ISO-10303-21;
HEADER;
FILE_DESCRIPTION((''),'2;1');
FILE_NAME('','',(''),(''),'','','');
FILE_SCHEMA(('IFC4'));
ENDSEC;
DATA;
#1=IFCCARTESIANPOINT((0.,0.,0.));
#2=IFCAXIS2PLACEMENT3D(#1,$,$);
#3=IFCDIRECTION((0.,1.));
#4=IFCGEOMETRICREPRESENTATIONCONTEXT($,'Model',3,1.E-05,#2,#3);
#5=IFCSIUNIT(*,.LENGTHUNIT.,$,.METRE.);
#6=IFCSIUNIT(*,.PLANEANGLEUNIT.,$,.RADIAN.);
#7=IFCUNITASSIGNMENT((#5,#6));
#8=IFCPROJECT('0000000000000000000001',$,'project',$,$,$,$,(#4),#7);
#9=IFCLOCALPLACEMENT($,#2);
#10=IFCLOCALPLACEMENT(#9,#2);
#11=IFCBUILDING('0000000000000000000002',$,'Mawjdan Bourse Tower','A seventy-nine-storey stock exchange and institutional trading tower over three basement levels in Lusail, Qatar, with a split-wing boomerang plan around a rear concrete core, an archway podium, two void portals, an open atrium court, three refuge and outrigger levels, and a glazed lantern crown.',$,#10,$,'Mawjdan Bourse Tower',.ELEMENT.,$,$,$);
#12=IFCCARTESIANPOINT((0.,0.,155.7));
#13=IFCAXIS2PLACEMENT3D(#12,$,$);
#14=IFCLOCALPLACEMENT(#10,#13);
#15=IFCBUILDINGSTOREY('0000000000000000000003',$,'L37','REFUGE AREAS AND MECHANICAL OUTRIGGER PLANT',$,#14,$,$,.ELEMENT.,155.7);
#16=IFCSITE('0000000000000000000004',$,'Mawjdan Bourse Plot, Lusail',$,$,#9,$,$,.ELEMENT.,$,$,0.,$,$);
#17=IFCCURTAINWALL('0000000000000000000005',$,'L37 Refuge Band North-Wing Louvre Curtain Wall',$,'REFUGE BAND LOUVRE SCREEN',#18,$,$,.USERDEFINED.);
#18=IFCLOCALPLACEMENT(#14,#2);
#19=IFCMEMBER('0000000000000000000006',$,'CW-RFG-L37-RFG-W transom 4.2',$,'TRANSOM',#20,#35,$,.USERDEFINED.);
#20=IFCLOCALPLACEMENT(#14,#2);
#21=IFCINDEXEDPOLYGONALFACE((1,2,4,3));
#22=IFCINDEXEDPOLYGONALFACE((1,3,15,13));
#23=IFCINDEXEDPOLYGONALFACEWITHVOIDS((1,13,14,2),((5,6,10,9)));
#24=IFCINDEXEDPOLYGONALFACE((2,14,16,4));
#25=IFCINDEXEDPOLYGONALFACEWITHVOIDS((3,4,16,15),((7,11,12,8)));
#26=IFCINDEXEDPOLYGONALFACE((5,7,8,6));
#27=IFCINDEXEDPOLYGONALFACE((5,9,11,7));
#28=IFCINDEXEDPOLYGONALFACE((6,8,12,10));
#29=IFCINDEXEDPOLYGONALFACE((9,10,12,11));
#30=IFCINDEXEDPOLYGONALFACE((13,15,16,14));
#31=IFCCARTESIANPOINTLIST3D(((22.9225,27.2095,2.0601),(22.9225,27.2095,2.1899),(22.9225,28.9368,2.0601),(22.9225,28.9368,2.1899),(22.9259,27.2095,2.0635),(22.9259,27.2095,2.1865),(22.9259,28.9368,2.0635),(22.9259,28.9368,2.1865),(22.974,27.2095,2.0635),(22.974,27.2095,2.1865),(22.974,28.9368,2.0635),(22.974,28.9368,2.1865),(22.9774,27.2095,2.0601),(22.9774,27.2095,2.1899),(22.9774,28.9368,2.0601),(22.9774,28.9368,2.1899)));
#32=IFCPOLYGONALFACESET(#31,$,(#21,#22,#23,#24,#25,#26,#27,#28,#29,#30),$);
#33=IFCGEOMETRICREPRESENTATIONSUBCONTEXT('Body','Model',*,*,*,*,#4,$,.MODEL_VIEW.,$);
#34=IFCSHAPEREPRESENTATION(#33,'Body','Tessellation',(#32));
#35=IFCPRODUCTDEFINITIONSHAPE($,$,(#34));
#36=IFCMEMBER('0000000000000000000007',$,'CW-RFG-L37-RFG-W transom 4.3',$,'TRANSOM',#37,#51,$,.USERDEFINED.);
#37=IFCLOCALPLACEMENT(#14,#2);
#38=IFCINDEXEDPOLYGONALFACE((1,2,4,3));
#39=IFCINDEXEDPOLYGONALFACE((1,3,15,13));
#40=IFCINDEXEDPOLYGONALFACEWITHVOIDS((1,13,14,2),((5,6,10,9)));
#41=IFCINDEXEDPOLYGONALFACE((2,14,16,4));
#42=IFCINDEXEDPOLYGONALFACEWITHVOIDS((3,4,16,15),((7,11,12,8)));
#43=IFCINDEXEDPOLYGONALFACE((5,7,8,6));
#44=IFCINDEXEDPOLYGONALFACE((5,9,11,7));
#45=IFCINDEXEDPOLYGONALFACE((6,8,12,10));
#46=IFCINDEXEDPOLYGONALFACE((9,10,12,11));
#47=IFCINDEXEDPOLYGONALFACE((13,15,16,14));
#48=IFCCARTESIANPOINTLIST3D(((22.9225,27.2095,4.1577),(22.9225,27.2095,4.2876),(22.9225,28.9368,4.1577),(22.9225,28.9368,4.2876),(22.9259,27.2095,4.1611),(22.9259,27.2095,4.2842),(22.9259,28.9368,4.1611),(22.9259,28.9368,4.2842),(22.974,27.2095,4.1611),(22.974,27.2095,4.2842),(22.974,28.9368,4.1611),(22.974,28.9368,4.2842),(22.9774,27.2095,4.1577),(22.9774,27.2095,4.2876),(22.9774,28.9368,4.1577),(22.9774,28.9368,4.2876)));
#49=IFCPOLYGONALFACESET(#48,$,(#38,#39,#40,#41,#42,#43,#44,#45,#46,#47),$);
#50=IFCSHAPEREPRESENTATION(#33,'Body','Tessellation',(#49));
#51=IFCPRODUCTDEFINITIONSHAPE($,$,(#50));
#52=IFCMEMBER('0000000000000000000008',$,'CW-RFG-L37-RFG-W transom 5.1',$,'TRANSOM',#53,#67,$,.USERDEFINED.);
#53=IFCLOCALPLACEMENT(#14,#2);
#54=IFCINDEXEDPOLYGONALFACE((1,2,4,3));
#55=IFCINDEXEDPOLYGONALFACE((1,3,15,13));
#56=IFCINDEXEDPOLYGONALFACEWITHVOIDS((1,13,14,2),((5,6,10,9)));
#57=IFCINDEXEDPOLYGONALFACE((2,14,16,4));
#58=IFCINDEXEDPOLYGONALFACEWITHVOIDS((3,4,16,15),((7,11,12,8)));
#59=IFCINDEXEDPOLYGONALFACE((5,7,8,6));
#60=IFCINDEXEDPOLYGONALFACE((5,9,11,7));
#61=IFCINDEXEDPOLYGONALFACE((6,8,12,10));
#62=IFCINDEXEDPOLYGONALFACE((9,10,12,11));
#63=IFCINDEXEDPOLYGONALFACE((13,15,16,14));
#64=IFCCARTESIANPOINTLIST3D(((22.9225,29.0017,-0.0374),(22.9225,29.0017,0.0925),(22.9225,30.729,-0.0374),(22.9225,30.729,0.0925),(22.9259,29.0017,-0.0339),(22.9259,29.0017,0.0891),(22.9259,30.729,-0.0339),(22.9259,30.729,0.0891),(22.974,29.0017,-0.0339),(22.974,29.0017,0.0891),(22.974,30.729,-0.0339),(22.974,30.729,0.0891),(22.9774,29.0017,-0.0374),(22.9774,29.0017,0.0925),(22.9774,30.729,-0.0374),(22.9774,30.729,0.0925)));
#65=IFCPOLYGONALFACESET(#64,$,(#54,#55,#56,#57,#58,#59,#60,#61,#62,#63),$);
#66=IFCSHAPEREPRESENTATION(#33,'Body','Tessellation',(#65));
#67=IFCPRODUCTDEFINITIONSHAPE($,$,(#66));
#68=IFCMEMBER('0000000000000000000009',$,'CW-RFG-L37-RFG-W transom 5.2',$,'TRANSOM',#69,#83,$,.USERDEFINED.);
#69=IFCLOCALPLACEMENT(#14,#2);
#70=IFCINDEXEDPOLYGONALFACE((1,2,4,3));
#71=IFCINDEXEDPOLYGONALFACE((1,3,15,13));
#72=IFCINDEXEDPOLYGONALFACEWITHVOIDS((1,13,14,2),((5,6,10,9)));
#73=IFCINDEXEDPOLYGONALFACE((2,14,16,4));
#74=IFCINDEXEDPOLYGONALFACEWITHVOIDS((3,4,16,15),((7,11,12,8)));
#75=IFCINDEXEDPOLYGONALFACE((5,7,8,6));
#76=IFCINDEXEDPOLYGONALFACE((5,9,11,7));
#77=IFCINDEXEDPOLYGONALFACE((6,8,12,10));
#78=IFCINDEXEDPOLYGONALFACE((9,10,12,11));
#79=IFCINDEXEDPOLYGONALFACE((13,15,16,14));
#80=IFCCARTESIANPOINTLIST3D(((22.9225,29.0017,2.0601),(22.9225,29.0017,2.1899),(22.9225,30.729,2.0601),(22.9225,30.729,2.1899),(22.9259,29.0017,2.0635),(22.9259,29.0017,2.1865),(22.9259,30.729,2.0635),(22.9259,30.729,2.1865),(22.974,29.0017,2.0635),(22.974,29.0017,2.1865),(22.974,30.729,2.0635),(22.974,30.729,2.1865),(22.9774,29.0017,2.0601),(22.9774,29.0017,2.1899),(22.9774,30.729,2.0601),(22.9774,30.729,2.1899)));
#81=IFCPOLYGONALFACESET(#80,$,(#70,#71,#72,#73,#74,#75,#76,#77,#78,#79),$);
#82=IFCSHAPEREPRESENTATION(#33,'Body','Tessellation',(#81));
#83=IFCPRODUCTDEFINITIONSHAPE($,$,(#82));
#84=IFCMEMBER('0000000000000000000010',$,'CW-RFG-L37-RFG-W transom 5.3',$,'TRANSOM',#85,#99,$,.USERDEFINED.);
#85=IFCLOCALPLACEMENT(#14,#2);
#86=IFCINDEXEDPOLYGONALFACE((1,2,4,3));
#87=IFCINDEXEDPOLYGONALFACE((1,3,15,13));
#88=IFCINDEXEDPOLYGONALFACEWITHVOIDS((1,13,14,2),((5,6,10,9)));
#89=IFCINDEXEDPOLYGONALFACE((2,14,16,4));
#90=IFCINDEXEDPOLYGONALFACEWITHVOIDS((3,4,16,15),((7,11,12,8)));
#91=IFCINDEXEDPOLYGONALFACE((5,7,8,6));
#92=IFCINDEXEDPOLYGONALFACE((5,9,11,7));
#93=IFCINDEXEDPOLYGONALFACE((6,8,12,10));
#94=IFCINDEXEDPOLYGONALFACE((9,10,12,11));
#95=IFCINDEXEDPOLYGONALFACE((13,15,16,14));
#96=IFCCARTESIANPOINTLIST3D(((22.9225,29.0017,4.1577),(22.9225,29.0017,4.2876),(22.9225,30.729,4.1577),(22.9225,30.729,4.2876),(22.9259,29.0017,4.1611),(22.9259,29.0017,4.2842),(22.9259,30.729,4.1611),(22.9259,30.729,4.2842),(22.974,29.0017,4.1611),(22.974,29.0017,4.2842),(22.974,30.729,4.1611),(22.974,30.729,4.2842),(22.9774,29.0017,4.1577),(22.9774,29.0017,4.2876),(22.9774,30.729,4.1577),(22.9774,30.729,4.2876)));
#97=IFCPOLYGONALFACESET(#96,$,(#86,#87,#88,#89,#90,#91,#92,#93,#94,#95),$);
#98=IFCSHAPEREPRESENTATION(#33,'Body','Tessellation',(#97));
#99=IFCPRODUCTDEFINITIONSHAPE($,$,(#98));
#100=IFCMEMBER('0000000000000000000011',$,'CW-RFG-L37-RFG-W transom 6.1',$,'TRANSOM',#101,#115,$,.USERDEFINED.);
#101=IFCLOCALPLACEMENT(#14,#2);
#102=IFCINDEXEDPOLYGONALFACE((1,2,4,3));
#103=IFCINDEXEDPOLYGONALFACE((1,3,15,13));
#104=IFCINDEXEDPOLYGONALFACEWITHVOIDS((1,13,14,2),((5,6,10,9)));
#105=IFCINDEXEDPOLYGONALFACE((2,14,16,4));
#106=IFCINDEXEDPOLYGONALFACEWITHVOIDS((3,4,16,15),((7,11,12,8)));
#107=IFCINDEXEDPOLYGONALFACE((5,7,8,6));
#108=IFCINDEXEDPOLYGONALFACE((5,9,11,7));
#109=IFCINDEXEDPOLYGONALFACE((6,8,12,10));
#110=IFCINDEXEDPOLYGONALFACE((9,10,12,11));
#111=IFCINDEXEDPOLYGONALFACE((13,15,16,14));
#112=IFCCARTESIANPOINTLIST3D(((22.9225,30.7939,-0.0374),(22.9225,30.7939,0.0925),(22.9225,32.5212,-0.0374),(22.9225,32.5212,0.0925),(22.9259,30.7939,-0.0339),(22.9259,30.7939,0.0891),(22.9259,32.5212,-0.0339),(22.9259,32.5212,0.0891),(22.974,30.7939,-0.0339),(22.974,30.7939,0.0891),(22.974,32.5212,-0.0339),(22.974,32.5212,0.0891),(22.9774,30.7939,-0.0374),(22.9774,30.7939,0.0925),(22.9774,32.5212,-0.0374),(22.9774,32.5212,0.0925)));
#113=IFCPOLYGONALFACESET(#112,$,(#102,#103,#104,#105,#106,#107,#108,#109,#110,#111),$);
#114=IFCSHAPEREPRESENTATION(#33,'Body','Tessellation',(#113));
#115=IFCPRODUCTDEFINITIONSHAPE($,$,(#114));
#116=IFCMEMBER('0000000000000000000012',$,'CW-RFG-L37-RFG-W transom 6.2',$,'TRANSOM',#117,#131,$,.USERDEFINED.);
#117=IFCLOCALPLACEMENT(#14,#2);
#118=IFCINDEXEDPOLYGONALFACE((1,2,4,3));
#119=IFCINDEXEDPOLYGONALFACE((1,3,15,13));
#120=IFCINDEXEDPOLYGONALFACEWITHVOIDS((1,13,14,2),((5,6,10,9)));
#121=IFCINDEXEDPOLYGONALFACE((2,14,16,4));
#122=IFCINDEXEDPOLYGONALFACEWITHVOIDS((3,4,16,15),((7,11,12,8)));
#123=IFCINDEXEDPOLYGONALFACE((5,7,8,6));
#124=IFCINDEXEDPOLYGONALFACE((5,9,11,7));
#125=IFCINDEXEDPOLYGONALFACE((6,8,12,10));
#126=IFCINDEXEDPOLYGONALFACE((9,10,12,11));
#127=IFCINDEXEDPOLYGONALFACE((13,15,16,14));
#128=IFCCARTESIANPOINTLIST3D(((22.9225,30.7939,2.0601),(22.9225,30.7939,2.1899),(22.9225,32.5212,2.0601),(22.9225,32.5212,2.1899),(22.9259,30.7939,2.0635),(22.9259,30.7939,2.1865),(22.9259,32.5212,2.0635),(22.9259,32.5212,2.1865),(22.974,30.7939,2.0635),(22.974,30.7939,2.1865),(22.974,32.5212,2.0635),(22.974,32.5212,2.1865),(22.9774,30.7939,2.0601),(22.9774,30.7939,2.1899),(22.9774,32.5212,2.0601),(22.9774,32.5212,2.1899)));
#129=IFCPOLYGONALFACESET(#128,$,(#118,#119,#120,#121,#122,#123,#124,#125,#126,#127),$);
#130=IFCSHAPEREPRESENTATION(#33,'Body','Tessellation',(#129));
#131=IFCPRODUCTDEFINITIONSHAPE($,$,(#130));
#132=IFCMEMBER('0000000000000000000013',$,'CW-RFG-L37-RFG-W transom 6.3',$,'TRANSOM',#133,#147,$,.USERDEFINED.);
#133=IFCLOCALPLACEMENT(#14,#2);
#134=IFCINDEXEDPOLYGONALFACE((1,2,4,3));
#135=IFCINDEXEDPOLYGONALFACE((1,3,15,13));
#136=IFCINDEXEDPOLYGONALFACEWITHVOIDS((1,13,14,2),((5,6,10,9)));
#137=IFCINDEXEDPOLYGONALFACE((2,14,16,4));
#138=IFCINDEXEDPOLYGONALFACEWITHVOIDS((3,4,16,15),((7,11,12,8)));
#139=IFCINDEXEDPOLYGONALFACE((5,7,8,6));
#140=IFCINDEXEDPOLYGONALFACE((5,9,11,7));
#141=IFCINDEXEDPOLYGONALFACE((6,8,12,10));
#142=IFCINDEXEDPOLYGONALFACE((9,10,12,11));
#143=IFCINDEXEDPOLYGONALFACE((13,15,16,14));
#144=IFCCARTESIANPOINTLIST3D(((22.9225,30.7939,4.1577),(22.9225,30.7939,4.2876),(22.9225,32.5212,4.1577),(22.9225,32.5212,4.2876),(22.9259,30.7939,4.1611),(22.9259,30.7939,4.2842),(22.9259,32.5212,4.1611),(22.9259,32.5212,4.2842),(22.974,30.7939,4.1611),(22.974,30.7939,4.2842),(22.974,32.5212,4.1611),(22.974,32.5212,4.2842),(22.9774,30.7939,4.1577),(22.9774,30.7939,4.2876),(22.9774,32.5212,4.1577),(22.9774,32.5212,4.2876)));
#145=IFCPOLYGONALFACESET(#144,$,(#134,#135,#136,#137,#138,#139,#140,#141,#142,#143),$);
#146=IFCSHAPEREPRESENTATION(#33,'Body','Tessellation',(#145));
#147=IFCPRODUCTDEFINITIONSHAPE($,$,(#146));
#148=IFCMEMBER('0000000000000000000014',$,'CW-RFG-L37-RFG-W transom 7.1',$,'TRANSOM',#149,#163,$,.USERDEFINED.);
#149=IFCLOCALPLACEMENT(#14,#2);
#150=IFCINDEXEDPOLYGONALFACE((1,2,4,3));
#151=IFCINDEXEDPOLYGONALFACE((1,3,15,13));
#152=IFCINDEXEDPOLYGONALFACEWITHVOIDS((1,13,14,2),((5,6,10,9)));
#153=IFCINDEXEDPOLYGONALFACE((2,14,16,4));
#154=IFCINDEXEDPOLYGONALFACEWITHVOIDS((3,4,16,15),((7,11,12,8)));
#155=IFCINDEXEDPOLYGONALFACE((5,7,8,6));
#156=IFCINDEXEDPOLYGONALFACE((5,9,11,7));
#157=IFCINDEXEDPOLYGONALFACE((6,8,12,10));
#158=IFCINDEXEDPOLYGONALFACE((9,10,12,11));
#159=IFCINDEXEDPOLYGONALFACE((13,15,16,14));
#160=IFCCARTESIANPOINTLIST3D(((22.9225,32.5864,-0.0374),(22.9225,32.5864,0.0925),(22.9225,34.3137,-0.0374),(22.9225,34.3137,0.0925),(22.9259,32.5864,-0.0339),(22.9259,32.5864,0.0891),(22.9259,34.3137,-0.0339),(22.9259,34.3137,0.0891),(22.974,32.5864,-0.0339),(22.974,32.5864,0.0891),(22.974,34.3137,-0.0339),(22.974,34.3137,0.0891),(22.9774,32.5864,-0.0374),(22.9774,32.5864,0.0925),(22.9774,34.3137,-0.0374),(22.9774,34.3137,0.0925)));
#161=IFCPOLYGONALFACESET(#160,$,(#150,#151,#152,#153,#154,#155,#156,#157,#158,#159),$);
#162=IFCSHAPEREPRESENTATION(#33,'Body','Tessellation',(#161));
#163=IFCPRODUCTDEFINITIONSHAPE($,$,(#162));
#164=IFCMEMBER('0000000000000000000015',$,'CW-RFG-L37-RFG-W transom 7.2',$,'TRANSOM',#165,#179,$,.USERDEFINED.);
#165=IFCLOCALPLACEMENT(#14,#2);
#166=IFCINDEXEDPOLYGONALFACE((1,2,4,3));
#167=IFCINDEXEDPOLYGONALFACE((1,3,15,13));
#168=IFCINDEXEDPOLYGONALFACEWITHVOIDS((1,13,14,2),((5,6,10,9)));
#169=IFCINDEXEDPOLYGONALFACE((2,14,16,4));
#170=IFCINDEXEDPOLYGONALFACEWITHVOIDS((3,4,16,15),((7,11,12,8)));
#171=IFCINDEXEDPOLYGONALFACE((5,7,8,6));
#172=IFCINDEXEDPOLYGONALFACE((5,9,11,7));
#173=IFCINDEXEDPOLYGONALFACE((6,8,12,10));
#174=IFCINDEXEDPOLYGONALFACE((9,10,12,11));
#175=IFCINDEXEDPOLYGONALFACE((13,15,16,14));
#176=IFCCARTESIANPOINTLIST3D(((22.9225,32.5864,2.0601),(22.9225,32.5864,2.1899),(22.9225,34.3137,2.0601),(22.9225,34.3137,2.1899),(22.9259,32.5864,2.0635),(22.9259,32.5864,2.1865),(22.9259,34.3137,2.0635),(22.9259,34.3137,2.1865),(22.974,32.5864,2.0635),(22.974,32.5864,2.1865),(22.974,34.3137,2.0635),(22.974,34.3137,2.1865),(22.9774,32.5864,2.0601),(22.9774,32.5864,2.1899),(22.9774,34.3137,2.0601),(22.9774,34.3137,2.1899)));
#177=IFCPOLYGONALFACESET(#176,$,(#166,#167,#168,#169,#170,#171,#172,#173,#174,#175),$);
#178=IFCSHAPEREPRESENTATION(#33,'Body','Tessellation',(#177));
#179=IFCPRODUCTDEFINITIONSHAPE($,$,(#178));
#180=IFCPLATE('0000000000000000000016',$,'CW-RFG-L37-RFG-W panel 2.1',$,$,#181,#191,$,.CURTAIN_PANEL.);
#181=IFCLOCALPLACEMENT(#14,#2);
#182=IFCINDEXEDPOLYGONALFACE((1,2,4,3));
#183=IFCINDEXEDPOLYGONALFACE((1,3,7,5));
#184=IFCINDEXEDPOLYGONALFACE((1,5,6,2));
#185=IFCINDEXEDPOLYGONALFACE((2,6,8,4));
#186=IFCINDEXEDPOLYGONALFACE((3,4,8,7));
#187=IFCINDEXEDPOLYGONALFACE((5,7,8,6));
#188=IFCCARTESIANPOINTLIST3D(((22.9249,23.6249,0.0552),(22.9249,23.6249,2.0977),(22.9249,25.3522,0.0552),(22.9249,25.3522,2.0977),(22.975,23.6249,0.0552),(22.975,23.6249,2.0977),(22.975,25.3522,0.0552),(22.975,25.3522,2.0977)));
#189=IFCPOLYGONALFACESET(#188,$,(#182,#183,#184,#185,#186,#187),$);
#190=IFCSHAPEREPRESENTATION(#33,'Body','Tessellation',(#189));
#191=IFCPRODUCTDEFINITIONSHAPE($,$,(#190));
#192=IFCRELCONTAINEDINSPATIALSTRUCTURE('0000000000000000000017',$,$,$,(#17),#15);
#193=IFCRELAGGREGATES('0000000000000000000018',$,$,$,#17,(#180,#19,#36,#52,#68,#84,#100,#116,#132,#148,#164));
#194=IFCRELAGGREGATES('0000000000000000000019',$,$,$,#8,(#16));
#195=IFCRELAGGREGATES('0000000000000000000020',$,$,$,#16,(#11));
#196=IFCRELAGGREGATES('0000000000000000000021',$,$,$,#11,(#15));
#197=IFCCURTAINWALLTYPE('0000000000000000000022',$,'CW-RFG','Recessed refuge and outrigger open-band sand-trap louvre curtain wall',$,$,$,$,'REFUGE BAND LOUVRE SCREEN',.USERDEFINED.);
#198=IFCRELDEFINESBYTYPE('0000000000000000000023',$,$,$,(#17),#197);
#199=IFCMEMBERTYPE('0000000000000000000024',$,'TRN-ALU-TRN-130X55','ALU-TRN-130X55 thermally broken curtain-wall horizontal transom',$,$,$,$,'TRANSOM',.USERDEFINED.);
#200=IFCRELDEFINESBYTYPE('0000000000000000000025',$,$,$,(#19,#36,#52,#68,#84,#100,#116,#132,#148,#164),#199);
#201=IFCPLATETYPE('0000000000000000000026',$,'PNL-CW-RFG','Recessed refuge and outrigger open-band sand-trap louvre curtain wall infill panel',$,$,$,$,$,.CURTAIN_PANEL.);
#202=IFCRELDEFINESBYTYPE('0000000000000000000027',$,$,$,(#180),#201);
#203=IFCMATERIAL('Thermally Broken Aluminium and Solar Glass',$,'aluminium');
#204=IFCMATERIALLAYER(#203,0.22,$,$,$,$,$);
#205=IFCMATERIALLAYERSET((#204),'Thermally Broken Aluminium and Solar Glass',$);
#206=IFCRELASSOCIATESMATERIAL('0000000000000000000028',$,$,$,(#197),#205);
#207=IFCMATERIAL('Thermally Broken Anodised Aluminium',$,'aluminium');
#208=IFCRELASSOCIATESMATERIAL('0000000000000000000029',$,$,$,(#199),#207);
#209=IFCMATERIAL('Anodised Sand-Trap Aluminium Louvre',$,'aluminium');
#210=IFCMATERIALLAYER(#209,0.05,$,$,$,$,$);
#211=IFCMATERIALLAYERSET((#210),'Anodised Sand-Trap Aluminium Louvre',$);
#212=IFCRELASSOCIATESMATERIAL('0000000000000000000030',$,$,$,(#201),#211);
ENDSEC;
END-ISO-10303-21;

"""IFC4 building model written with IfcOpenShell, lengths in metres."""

from ifc_helpers import new_model, si_unit, direction, frame, origin, origin_2d, place, context, subcontext, project, spatial, rectangle, hollow_rectangle, extrude, material, layer, layer_set, material_profile, profile_set, type_object, element, aggregate, save


model = new_model("IFC4")

# Units and contexts
model_context = context("Model", 3, precision=1e-05, world=origin(), true_north=direction((0.0, 1.0)))
body_context = subcontext(model_context, "Body", "Model", "MODEL_VIEW")
ifc_project = project(units=[si_unit("LENGTHUNIT", "METRE"), si_unit("PLANEANGLEUNIT", "RADIAN")], contexts=[model_context])

# Site, building, storey
site_placement = place(None, origin())
site = spatial("IfcSite", under=ifc_project, at=site_placement, Name="Mawjdan Bourse Plot, Lusail", CompositionType="ELEMENT", RefElevation=0.0)
building_placement = place(site_placement, origin())
building = spatial("IfcBuilding", under=site, at=building_placement, Name="Mawjdan Bourse Tower", Description="A seventy-nine-storey stock exchange and institutional trading tower over three basement levels in Lusail, Qatar, with a split-wing boomerang plan around a rear concrete core, an archway podium, two void portals, an open atrium court, three refuge and outrigger levels, and a glazed lantern crown.", LongName="Mawjdan Bourse Tower", CompositionType="ELEMENT")
storey_placement = place(building_placement, frame((0.0, 0.0, 155.7)))
storey = spatial("IfcBuildingStorey", under=building, at=storey_placement, Name="L37", Description="REFUGE AREAS AND MECHANICAL OUTRIGGER PLANT", CompositionType="ELEMENT", Elevation=155.7)

# Curtain wall
ifc_material_1 = material(Name="Thermally Broken Aluminium and Solar Glass", Category="aluminium")
ifc_layer_1 = layer(ifc_material_1, 0.22)
ifc_layer_set_1 = layer_set([ifc_layer_1], Name="Thermally Broken Aluminium and Solar Glass")
curtain_wall_type = type_object("IfcCurtainWallType", Name="CW-RFG", Description="Recessed refuge and outrigger open-band sand-trap louvre curtain wall", ElementType="REFUGE BAND LOUVRE SCREEN", PredefinedType="USERDEFINED", material=ifc_layer_set_1)
curtain_wall_placement = place(storey_placement, origin())
curtain_wall = element("IfcCurtainWall", 1, at=curtain_wall_placement, inside=storey, type_object=curtain_wall_type, Name="L37 Refuge Band North-Wing Louvre Curtain Wall", ObjectType="REFUGE BAND LOUVRE SCREEN", PredefinedType="USERDEFINED")
ifc_material_2 = material(Name="Thermally Broken Anodised Aluminium", Category="aluminium")

# Members
ifc_material_profile_1 = material_profile(ifc_material_2, hollow_rectangle(XDim=0.0549, YDim=0.1299, WallThickness=0.0034, at=origin_2d()), Name="ALU-TRN-130X55")
ifc_profile_set_1 = profile_set([ifc_material_profile_1], Name="Thermally Broken Anodised Aluminium")
member_type_1 = type_object("IfcMemberType", Name="TRN-ALU-TRN-130X55", Description="ALU-TRN-130X55 thermally broken curtain-wall horizontal transom", ElementType="TRANSOM", PredefinedType="USERDEFINED", material=ifc_profile_set_1)
member_1_placement = place(storey_placement, frame((22.95, 27.2095, 2.125), z_axis=(0.0, 1.0, 0.0), x_axis=(-1.0, 0.0, 0.0)))
member_1 = element("IfcMember", 2, at=member_1_placement, type_object=member_type_1, Name="CW-RFG-L37-RFG-W transom 4.2", ObjectType="TRANSOM", PredefinedType="USERDEFINED", context=body_context, shape_type="SweptSolid", body=[
    extrude(hollow_rectangle(XDim=0.0549, YDim=0.1299, WallThickness=0.0034, at=origin_2d()), origin(), (0.0, 0.0, 1.0), 1.7273),
])
member_2_placement = place(storey_placement, frame((22.95, 27.2095, 4.2227), z_axis=(0.0, 1.0, 0.0), x_axis=(-1.0, 0.0, 0.0)))
member_2 = element("IfcMember", 3, at=member_2_placement, type_object=member_type_1, Name="CW-RFG-L37-RFG-W transom 4.3", ObjectType="TRANSOM", PredefinedType="USERDEFINED", context=body_context, shape_type="SweptSolid", body=[
    extrude(hollow_rectangle(XDim=0.0549, YDim=0.1299, WallThickness=0.0034, at=origin_2d()), origin(), (0.0, 0.0, 1.0), 1.7273),
])
member_3_placement = place(storey_placement, frame((22.95, 29.0017, 0.0276), z_axis=(0.0, 1.0, 0.0), x_axis=(-1.0, 0.0, 0.0)))
member_3 = element("IfcMember", 4, at=member_3_placement, type_object=member_type_1, Name="CW-RFG-L37-RFG-W transom 5.1", ObjectType="TRANSOM", PredefinedType="USERDEFINED", context=body_context, shape_type="SweptSolid", body=[
    extrude(hollow_rectangle(XDim=0.0549, YDim=0.1299, WallThickness=0.0034, at=origin_2d()), origin(), (0.0, 0.0, 1.0), 1.7273),
])
member_4_placement = place(storey_placement, frame((22.95, 29.0017, 2.125), z_axis=(0.0, 1.0, 0.0), x_axis=(-1.0, 0.0, 0.0)))
member_4 = element("IfcMember", 5, at=member_4_placement, type_object=member_type_1, Name="CW-RFG-L37-RFG-W transom 5.2", ObjectType="TRANSOM", PredefinedType="USERDEFINED", context=body_context, shape_type="SweptSolid", body=[
    extrude(hollow_rectangle(XDim=0.0549, YDim=0.1299, WallThickness=0.0034, at=origin_2d()), origin(), (0.0, 0.0, 1.0), 1.7273),
])
member_5_placement = place(storey_placement, frame((22.95, 29.0017, 4.2227), z_axis=(0.0, 1.0, 0.0), x_axis=(-1.0, 0.0, 0.0)))
member_5 = element("IfcMember", 6, at=member_5_placement, type_object=member_type_1, Name="CW-RFG-L37-RFG-W transom 5.3", ObjectType="TRANSOM", PredefinedType="USERDEFINED", context=body_context, shape_type="SweptSolid", body=[
    extrude(hollow_rectangle(XDim=0.0549, YDim=0.1299, WallThickness=0.0034, at=origin_2d()), origin(), (0.0, 0.0, 1.0), 1.7273),
])
member_6_placement = place(storey_placement, frame((22.95, 30.7939, 0.0276), z_axis=(0.0, 1.0, 0.0), x_axis=(-1.0, 0.0, 0.0)))
member_6 = element("IfcMember", 7, at=member_6_placement, type_object=member_type_1, Name="CW-RFG-L37-RFG-W transom 6.1", ObjectType="TRANSOM", PredefinedType="USERDEFINED", context=body_context, shape_type="SweptSolid", body=[
    extrude(hollow_rectangle(XDim=0.0549, YDim=0.1299, WallThickness=0.0034, at=origin_2d()), origin(), (0.0, 0.0, 1.0), 1.7273),
])
member_7_placement = place(storey_placement, frame((22.95, 30.7939, 2.125), z_axis=(0.0, 1.0, 0.0), x_axis=(-1.0, 0.0, 0.0)))
member_7 = element("IfcMember", 8, at=member_7_placement, type_object=member_type_1, Name="CW-RFG-L37-RFG-W transom 6.2", ObjectType="TRANSOM", PredefinedType="USERDEFINED", context=body_context, shape_type="SweptSolid", body=[
    extrude(hollow_rectangle(XDim=0.0549, YDim=0.1299, WallThickness=0.0034, at=origin_2d()), origin(), (0.0, 0.0, 1.0), 1.7273),
])
member_8_placement = place(storey_placement, frame((22.95, 30.7939, 4.2227), z_axis=(0.0, 1.0, 0.0), x_axis=(-1.0, 0.0, 0.0)))
member_8 = element("IfcMember", 9, at=member_8_placement, type_object=member_type_1, Name="CW-RFG-L37-RFG-W transom 6.3", ObjectType="TRANSOM", PredefinedType="USERDEFINED", context=body_context, shape_type="SweptSolid", body=[
    extrude(hollow_rectangle(XDim=0.0549, YDim=0.1299, WallThickness=0.0034, at=origin_2d()), origin(), (0.0, 0.0, 1.0), 1.7273),
])
member_9_placement = place(storey_placement, frame((22.95, 32.5864, 0.0276), z_axis=(0.0, 1.0, 0.0), x_axis=(-1.0, 0.0, 0.0)))
member_9 = element("IfcMember", 10, at=member_9_placement, type_object=member_type_1, Name="CW-RFG-L37-RFG-W transom 7.1", ObjectType="TRANSOM", PredefinedType="USERDEFINED", context=body_context, shape_type="SweptSolid", body=[
    extrude(hollow_rectangle(XDim=0.0549, YDim=0.1299, WallThickness=0.0034, at=origin_2d()), origin(), (0.0, 0.0, 1.0), 1.7273),
])
member_10_placement = place(storey_placement, frame((22.95, 32.5864, 2.125), z_axis=(0.0, 1.0, 0.0), x_axis=(-1.0, 0.0, 0.0)))
member_10 = element("IfcMember", 11, at=member_10_placement, type_object=member_type_1, Name="CW-RFG-L37-RFG-W transom 7.2", ObjectType="TRANSOM", PredefinedType="USERDEFINED", context=body_context, shape_type="SweptSolid", body=[
    extrude(hollow_rectangle(XDim=0.0549, YDim=0.1299, WallThickness=0.0034, at=origin_2d()), origin(), (0.0, 0.0, 1.0), 1.7273),
])

# Plate
ifc_material_3 = material(Name="Anodised Sand-Trap Aluminium Louvre", Category="aluminium")
ifc_layer_2 = layer(ifc_material_3, 0.05)
ifc_layer_set_2 = layer_set([ifc_layer_2], Name="Anodised Sand-Trap Aluminium Louvre")
plate_type = type_object("IfcPlateType", Name="PNL-CW-RFG", Description="Recessed refuge and outrigger open-band sand-trap louvre curtain wall infill panel", PredefinedType="CURTAIN_PANEL", material=ifc_layer_set_2)
plate_1_placement = place(storey_placement, frame((22.95, 24.4885, 0.0552), z_axis=(0.0, 0.0, 1.0), x_axis=(0.0, 1.0, 0.0)))
plate_1 = element("IfcPlate", 12, at=plate_1_placement, type_object=plate_type, Name="CW-RFG-L37-RFG-W panel 2.1", PredefinedType="CURTAIN_PANEL", context=body_context, shape_type="SweptSolid", body=[
    extrude(rectangle(XDim=1.7273, YDim=0.05, at=origin_2d()), origin(), (0.0, 0.0, 1.0), 2.0425),
])
aggregate(curtain_wall, [plate_1, member_1, member_2, member_3, member_4, member_5, member_6, member_7, member_8, member_9, member_10])

save(model, "model.ifc")
